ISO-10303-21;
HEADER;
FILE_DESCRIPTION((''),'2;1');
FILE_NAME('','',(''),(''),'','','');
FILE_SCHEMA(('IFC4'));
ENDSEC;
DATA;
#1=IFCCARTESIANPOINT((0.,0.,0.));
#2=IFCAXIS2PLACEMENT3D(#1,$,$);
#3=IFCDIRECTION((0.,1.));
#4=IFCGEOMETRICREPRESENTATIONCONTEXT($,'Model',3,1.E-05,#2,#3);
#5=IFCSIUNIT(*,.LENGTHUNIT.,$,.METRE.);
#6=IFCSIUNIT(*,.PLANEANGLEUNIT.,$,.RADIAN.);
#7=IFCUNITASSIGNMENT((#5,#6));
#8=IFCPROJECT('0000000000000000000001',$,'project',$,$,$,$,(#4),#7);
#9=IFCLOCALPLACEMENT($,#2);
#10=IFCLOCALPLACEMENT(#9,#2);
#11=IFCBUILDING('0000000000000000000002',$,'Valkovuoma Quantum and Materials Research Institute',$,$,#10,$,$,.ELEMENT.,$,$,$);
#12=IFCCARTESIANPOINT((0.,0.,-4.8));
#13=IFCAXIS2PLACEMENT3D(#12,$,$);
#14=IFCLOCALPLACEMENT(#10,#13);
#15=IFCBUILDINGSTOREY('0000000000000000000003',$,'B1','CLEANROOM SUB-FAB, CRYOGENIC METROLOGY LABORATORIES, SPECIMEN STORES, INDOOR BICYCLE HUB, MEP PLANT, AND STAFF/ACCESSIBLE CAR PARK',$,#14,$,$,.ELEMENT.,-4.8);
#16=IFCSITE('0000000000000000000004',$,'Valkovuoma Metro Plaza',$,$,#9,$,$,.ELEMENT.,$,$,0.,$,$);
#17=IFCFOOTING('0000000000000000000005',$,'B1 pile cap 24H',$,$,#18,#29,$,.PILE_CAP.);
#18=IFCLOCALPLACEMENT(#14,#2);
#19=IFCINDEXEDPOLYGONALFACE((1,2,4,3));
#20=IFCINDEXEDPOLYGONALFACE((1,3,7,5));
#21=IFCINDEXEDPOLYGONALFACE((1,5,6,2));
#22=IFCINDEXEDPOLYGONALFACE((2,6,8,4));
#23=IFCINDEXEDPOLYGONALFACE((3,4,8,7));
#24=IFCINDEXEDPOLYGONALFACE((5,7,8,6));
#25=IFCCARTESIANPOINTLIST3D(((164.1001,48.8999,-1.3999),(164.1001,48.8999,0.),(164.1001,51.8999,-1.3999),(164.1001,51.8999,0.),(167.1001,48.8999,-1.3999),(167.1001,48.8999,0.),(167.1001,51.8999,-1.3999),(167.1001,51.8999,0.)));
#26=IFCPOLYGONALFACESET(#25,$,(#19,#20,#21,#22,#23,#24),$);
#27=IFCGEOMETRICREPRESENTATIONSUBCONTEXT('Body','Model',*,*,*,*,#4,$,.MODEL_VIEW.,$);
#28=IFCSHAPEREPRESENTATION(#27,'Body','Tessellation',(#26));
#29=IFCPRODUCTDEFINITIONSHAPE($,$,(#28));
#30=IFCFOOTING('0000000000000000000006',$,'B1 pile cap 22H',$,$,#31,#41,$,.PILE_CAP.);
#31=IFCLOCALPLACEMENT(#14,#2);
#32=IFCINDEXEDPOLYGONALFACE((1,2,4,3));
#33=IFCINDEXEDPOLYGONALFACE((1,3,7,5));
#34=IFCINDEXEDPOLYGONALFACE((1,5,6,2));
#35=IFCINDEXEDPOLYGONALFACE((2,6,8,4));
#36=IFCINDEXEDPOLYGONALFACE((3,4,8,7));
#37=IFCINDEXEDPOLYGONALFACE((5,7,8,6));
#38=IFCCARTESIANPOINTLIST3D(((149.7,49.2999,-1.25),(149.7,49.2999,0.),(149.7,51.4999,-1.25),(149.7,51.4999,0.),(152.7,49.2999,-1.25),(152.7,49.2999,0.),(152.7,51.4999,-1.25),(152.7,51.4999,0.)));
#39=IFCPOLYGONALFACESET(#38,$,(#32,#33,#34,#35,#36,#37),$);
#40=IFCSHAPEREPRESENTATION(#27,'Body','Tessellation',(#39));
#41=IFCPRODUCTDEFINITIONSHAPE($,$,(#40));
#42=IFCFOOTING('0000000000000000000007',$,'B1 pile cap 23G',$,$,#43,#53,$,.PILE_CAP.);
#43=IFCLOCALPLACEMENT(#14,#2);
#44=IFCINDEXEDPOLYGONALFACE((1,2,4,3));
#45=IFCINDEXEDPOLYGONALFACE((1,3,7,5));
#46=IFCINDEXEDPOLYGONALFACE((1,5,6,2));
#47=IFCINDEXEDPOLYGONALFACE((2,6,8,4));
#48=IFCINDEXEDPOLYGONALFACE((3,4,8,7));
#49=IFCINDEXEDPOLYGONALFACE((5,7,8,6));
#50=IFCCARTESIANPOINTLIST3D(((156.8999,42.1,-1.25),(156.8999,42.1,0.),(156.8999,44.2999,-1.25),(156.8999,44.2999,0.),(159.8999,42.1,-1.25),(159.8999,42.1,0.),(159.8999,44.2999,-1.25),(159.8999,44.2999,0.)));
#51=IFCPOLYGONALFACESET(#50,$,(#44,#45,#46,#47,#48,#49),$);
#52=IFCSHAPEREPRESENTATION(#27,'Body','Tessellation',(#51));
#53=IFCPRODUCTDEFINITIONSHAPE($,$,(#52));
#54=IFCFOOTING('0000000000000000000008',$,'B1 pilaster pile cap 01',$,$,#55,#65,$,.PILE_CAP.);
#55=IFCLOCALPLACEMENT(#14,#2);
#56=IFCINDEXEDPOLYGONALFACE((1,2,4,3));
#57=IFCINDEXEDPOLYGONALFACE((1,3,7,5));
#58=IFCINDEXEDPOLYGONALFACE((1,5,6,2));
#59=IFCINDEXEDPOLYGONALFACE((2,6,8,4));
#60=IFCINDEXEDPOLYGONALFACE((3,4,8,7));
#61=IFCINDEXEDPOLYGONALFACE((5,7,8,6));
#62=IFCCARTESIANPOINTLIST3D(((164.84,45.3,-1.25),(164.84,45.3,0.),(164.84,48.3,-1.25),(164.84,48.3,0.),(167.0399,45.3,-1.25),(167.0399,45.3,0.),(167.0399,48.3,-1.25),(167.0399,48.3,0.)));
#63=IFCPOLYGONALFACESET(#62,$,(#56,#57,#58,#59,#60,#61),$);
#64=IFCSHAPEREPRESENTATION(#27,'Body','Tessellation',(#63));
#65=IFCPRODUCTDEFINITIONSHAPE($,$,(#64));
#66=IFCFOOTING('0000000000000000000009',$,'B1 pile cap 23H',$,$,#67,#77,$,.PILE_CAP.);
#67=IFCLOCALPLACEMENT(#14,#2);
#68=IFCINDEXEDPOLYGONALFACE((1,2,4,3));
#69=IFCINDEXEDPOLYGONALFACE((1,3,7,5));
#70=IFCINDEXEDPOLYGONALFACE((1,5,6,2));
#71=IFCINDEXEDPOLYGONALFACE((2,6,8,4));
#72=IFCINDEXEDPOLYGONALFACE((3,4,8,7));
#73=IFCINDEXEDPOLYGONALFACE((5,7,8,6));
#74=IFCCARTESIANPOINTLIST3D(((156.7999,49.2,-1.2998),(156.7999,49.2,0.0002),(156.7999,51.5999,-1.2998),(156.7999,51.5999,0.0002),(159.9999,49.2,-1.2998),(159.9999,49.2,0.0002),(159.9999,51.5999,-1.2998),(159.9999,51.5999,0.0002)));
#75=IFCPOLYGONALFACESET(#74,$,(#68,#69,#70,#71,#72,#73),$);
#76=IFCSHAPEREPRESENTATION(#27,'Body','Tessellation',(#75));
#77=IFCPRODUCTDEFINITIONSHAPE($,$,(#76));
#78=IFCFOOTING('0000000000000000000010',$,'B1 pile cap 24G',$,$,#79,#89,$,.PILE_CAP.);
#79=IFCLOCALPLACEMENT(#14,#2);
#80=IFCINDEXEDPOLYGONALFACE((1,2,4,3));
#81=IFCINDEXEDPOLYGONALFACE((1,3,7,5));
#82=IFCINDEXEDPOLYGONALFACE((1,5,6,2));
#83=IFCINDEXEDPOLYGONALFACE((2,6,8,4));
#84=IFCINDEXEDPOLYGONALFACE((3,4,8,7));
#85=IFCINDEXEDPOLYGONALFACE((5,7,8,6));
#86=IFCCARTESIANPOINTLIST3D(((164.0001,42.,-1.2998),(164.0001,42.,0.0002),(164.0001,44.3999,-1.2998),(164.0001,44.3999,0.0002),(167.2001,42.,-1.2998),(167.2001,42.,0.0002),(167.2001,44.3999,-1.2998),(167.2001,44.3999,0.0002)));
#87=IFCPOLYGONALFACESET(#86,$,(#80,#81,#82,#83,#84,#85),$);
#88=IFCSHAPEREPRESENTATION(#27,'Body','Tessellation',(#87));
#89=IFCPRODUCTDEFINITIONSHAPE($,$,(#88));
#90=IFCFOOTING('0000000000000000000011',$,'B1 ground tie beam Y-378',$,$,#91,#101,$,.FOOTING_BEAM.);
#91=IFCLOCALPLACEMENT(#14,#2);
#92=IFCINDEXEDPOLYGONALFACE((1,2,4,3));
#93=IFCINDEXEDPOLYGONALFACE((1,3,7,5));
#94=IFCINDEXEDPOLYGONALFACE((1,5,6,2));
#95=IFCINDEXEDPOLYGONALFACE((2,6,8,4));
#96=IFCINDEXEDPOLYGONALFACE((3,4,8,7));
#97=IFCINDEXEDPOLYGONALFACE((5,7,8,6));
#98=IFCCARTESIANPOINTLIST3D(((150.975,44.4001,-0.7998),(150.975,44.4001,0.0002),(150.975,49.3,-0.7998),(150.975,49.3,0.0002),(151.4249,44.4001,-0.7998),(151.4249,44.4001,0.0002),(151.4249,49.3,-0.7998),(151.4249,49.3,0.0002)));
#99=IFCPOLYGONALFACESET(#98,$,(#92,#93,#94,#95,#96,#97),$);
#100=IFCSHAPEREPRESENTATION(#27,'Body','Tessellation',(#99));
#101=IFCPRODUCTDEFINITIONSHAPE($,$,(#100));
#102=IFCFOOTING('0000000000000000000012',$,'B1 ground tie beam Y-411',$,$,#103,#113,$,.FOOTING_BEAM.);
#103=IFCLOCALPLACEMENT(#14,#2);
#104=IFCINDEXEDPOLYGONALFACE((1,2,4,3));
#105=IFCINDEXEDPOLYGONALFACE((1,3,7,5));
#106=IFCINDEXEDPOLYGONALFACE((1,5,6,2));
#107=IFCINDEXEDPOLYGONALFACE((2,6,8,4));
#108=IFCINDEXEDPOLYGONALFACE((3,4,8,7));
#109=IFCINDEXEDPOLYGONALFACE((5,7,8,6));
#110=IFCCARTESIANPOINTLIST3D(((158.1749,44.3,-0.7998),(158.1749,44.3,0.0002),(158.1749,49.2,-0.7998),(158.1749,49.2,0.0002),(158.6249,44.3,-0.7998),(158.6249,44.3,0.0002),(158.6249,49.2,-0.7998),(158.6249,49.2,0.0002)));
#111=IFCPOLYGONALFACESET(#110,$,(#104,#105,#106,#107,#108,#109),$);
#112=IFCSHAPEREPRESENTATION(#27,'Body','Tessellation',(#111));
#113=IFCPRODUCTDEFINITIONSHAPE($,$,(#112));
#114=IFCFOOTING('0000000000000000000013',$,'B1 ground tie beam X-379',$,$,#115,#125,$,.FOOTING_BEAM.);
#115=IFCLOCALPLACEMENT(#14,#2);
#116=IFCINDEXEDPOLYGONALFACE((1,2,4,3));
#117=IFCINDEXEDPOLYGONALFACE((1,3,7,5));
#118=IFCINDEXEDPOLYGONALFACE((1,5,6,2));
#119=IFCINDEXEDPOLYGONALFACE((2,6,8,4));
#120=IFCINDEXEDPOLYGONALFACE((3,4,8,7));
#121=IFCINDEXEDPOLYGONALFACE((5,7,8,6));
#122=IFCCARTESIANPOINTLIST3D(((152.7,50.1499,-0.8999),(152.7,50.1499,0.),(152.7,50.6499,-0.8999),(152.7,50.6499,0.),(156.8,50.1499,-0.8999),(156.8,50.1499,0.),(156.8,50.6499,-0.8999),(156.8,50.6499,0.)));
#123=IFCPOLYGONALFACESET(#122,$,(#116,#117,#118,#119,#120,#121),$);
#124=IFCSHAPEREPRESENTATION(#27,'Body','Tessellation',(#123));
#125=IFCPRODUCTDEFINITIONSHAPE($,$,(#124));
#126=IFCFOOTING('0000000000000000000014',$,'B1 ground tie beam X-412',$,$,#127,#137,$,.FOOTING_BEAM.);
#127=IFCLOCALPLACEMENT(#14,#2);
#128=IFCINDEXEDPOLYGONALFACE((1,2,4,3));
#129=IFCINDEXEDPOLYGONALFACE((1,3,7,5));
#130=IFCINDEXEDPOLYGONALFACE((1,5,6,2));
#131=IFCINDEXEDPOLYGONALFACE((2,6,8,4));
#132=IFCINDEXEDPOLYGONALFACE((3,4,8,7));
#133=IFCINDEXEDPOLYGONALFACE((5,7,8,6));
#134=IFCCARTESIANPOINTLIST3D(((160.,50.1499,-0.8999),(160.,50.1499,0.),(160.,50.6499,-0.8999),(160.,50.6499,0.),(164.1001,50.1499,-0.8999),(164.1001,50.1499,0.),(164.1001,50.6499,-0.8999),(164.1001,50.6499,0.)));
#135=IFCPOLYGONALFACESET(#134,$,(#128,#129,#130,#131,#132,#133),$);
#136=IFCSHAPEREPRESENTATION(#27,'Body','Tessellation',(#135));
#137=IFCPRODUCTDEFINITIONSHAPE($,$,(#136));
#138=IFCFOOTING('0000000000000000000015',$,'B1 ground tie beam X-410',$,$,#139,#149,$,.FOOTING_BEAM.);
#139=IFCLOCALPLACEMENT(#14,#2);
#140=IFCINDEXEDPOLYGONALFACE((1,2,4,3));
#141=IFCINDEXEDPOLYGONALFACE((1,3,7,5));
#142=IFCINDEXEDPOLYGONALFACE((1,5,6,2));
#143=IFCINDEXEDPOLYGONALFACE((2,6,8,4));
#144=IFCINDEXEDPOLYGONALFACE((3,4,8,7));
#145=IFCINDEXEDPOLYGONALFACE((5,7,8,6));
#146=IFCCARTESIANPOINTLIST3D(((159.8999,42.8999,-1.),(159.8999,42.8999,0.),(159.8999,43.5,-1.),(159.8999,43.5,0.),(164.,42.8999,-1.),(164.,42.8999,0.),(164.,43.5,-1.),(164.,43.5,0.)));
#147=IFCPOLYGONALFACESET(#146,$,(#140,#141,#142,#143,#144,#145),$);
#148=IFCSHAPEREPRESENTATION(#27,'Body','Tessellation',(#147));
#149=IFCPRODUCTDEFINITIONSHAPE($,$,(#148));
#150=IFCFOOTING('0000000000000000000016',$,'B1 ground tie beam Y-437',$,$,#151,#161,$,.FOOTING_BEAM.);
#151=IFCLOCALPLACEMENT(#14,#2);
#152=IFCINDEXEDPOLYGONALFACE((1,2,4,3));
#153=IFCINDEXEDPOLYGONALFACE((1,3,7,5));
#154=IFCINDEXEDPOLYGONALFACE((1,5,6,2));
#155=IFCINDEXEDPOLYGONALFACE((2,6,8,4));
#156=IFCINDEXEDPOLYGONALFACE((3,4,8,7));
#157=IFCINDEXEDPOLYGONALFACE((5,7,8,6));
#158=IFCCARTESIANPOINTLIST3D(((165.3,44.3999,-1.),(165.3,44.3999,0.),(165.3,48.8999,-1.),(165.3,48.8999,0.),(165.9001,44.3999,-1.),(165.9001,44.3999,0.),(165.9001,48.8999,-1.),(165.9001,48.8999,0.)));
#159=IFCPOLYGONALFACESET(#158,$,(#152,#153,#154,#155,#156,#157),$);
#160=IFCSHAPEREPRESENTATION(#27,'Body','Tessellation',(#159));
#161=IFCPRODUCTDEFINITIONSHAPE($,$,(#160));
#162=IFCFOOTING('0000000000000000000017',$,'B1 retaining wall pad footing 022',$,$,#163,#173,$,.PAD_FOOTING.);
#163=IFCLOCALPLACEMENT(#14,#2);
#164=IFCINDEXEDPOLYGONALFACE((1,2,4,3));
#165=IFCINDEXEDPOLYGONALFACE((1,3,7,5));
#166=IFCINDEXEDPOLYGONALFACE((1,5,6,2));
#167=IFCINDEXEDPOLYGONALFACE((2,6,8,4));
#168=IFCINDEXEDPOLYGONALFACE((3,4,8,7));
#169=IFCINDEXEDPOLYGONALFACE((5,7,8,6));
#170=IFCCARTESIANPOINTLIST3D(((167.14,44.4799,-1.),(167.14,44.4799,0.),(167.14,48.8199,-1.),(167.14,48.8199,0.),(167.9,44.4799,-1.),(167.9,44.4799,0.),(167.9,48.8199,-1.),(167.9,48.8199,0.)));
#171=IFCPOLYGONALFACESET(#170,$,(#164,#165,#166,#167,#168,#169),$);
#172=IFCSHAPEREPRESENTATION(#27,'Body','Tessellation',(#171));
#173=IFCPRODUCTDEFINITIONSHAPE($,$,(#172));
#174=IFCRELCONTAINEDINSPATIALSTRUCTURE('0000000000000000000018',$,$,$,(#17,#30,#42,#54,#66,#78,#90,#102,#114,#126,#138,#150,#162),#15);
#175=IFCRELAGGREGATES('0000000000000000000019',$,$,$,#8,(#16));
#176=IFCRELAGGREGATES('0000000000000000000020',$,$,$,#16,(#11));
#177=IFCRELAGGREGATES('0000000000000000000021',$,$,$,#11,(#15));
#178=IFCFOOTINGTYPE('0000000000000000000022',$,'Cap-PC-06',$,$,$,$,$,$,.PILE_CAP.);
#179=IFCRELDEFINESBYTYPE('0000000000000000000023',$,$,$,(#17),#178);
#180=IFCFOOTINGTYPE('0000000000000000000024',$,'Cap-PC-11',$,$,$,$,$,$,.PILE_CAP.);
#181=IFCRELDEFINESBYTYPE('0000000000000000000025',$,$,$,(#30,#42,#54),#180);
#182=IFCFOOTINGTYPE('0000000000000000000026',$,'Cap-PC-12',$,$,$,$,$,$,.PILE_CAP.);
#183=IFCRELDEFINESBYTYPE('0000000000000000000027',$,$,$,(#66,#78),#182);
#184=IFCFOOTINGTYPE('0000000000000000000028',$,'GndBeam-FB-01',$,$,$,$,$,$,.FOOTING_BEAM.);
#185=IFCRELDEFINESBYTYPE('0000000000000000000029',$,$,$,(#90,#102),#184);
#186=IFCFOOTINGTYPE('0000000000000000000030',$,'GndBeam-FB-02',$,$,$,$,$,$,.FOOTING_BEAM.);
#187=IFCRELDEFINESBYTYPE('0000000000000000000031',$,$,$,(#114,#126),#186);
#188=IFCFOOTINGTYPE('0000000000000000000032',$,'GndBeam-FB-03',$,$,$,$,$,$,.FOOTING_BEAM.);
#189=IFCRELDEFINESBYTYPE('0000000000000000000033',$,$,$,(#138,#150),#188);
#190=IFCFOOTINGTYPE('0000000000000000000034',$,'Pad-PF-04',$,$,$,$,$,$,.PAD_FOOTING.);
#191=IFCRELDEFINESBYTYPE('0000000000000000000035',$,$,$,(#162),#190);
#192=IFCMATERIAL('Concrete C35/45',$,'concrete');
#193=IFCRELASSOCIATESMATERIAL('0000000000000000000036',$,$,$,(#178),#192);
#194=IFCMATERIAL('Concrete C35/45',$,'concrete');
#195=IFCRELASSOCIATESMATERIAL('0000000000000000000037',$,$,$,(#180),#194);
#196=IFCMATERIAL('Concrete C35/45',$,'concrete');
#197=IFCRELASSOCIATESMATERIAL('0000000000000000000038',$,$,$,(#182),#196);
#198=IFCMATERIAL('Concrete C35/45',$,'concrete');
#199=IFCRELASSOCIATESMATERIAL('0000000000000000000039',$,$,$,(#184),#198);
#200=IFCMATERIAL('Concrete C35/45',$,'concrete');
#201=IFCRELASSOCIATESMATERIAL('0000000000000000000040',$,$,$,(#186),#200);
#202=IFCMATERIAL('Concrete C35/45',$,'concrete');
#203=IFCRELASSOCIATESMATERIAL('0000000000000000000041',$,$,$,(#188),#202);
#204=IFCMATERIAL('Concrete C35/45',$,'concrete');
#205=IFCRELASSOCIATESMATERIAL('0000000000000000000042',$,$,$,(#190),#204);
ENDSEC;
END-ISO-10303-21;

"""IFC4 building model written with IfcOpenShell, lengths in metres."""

from ifc_helpers import new_model, si_unit, direction, frame, origin, origin_2d, place, context, subcontext, project, spatial, rectangle, extrude, material, type_object, element, save


model = new_model("IFC4")

# Units and contexts
model_context = context("Model", 3, precision=1e-05, world=origin(), true_north=direction((0.0, 1.0)))
body_context = subcontext(model_context, "Body", "Model", "MODEL_VIEW")
ifc_project = project(units=[si_unit("LENGTHUNIT", "METRE"), si_unit("PLANEANGLEUNIT", "RADIAN")], contexts=[model_context])

# Site, building, storey
site_placement = place(None, origin())
site = spatial("IfcSite", under=ifc_project, at=site_placement, Name="Valkovuoma Metro Plaza", CompositionType="ELEMENT", RefElevation=0.0)
building_placement = place(site_placement, origin())
building = spatial("IfcBuilding", under=site, at=building_placement, Name="Valkovuoma Quantum and Materials Research Institute", CompositionType="ELEMENT")
storey_placement = place(building_placement, frame((0.0, 0.0, -4.8)))
storey = spatial("IfcBuildingStorey", under=building, at=storey_placement, Name="B1", Description="CLEANROOM SUB-FAB, CRYOGENIC METROLOGY LABORATORIES, SPECIMEN STORES, INDOOR BICYCLE HUB, MEP PLANT, AND STAFF/ACCESSIBLE CAR PARK", CompositionType="ELEMENT", Elevation=-4.8)

# Footings
ifc_material_1 = material(Name="Concrete C35/45", Category="concrete")
footing_type_1 = type_object("IfcFootingType", Name="Cap-PC-06", PredefinedType="PILE_CAP", material=ifc_material_1)
footing_1_placement = place(storey_placement, frame((165.6001, 50.3999, -1.3999), z_axis=(0.0, 0.0, 1.0), x_axis=(1.0, 0.0, 0.0)))
element("IfcFooting", 1, at=footing_1_placement, inside=storey, type_object=footing_type_1, Name="B1 pile cap 24H", PredefinedType="PILE_CAP", context=body_context, shape_type="SweptSolid", body=[
    extrude(rectangle(XDim=3.0, YDim=3.0, at=origin_2d()), origin(), (0.0, 0.0, 1.0), 1.3999),
])
ifc_material_2 = material(Name="Concrete C35/45", Category="concrete")
footing_type_2 = type_object("IfcFootingType", Name="Cap-PC-11", PredefinedType="PILE_CAP", material=ifc_material_2)
for number, where, z_axis, x_axis, name in (
    (2, (151.2, 50.3999, -1.25), (0.0, 0.0, 1.0), (1.0, 0.0, 0.0), "B1 pile cap 22H"),
    (3, (158.3999, 43.2, -1.25), (0.0, 0.0, 1.0), (1.0, 0.0, 0.0), "B1 pile cap 23G"),
):
    element("IfcFooting", number, at=place(storey_placement, frame(where, z_axis=z_axis, x_axis=x_axis)), inside=storey, type_object=footing_type_2, Name=name, PredefinedType="PILE_CAP", context=body_context, shape_type="SweptSolid", body=[
        extrude(rectangle(XDim=3.0, YDim=2.2, at=origin_2d()), origin(), (0.0, 0.0, 1.0), 1.25),
    ])
footing_2_placement = place(storey_placement, frame((165.9399, 46.8, -1.25), z_axis=(0.0, 0.0, 1.0), x_axis=(1.0, 0.0, 0.0)))
element("IfcFooting", 4, at=footing_2_placement, inside=storey, type_object=footing_type_2, Name="B1 pilaster pile cap 01", PredefinedType="PILE_CAP", context=body_context, shape_type="SweptSolid", body=[
    extrude(rectangle(XDim=2.2, YDim=3.0, at=origin_2d()), origin(), (0.0, 0.0, 1.0), 1.25),
])
ifc_material_3 = material(Name="Concrete C35/45", Category="concrete")
footing_type_3 = type_object("IfcFootingType", Name="Cap-PC-12", PredefinedType="PILE_CAP", material=ifc_material_3)
for number, where, z_axis, x_axis, name in (
    (5, (158.3999, 50.3999, -1.2998), (0.0, 0.0, 1.0), (1.0, 0.0, 0.0), "B1 pile cap 23H"),
    (6, (165.6001, 43.2, -1.2998), (0.0, 0.0, 1.0), (1.0, 0.0, 0.0), "B1 pile cap 24G"),
):
    element("IfcFooting", number, at=place(storey_placement, frame(where, z_axis=z_axis, x_axis=x_axis)), inside=storey, type_object=footing_type_3, Name=name, PredefinedType="PILE_CAP", context=body_context, shape_type="SweptSolid", body=[
        extrude(rectangle(XDim=3.2, YDim=2.3999, at=origin_2d()), origin(), (0.0, 0.0, 1.0), 1.3),
    ])
ifc_material_4 = material(Name="Concrete C35/45", Category="concrete")
footing_type_4 = type_object("IfcFootingType", Name="GndBeam-FB-01", PredefinedType="FOOTING_BEAM", material=ifc_material_4)
for number, where, z_axis, x_axis, name in (
    (7, (151.2, 46.8501, -0.7998), (0.0, 0.0, 1.0), (0.0, 1.0, 0.0), "B1 ground tie beam Y-378"),
    (8, (158.3999, 46.75, -0.7998), (0.0, 0.0, 1.0), (0.0, 1.0, 0.0), "B1 ground tie beam Y-411"),
):
    element("IfcFooting", number, at=place(storey_placement, frame(where, z_axis=z_axis, x_axis=x_axis)), inside=storey, type_object=footing_type_4, Name=name, PredefinedType="FOOTING_BEAM", context=body_context, shape_type="SweptSolid", body=[
        extrude(rectangle(XDim=4.8999, YDim=0.45, at=origin_2d()), origin(), (0.0, 0.0, 1.0), 0.8),
    ])
ifc_material_5 = material(Name="Concrete C35/45", Category="concrete")
footing_type_5 = type_object("IfcFootingType", Name="GndBeam-FB-02", PredefinedType="FOOTING_BEAM", material=ifc_material_5)
for number, where, z_axis, x_axis, name in (
    (9, (154.75, 50.3999, -0.8999), (0.0, 0.0, 1.0), (1.0, 0.0, 0.0), "B1 ground tie beam X-379"),
    (10, (162.05, 50.3999, -0.8999), (0.0, 0.0, 1.0), (1.0, 0.0, 0.0), "B1 ground tie beam X-412"),
):
    element("IfcFooting", number, at=place(storey_placement, frame(where, z_axis=z_axis, x_axis=x_axis)), inside=storey, type_object=footing_type_5, Name=name, PredefinedType="FOOTING_BEAM", context=body_context, shape_type="SweptSolid", body=[
        extrude(rectangle(XDim=4.1001, YDim=0.5, at=origin_2d()), origin(), (0.0, 0.0, 1.0), 0.8999),
    ])
ifc_material_6 = material(Name="Concrete C35/45", Category="concrete")
footing_type_6 = type_object("IfcFootingType", Name="GndBeam-FB-03", PredefinedType="FOOTING_BEAM", material=ifc_material_6)
footing_3_placement = place(storey_placement, frame((161.95, 43.2, -1.0), z_axis=(0.0, 0.0, 1.0), x_axis=(1.0, 0.0, 0.0)))
element("IfcFooting", 11, at=footing_3_placement, inside=storey, type_object=footing_type_6, Name="B1 ground tie beam X-410", PredefinedType="FOOTING_BEAM", context=body_context, shape_type="SweptSolid", body=[
    extrude(rectangle(XDim=4.1001, YDim=0.6001, at=origin_2d()), origin(), (0.0, 0.0, 1.0), 1.0),
])
footing_4_placement = place(storey_placement, frame((165.6001, 46.6499, -1.0), z_axis=(0.0, 0.0, 1.0), x_axis=(0.0, 1.0, 0.0)))
element("IfcFooting", 12, at=footing_4_placement, inside=storey, type_object=footing_type_6, Name="B1 ground tie beam Y-437", PredefinedType="FOOTING_BEAM", context=body_context, shape_type="SweptSolid", body=[
    extrude(rectangle(XDim=4.5, YDim=0.6001, at=origin_2d()), origin(), (0.0, 0.0, 1.0), 1.0),
])
ifc_material_7 = material(Name="Concrete C35/45", Category="concrete")
footing_type_7 = type_object("IfcFootingType", Name="Pad-PF-04", PredefinedType="PAD_FOOTING", material=ifc_material_7)
footing_5_placement = place(storey_placement, frame((167.52, 46.6499, -1.0), z_axis=(0.0, 0.0, 1.0), x_axis=(0.0, 1.0, 0.0)))
element("IfcFooting", 13, at=footing_5_placement, inside=storey, type_object=footing_type_7, Name="B1 retaining wall pad footing 022", PredefinedType="PAD_FOOTING", context=body_context, shape_type="SweptSolid", body=[
    extrude(rectangle(XDim=4.3401, YDim=0.76, at=origin_2d()), origin(), (0.0, 0.0, 1.0), 1.0),
])

save(model, "model.ifc")
